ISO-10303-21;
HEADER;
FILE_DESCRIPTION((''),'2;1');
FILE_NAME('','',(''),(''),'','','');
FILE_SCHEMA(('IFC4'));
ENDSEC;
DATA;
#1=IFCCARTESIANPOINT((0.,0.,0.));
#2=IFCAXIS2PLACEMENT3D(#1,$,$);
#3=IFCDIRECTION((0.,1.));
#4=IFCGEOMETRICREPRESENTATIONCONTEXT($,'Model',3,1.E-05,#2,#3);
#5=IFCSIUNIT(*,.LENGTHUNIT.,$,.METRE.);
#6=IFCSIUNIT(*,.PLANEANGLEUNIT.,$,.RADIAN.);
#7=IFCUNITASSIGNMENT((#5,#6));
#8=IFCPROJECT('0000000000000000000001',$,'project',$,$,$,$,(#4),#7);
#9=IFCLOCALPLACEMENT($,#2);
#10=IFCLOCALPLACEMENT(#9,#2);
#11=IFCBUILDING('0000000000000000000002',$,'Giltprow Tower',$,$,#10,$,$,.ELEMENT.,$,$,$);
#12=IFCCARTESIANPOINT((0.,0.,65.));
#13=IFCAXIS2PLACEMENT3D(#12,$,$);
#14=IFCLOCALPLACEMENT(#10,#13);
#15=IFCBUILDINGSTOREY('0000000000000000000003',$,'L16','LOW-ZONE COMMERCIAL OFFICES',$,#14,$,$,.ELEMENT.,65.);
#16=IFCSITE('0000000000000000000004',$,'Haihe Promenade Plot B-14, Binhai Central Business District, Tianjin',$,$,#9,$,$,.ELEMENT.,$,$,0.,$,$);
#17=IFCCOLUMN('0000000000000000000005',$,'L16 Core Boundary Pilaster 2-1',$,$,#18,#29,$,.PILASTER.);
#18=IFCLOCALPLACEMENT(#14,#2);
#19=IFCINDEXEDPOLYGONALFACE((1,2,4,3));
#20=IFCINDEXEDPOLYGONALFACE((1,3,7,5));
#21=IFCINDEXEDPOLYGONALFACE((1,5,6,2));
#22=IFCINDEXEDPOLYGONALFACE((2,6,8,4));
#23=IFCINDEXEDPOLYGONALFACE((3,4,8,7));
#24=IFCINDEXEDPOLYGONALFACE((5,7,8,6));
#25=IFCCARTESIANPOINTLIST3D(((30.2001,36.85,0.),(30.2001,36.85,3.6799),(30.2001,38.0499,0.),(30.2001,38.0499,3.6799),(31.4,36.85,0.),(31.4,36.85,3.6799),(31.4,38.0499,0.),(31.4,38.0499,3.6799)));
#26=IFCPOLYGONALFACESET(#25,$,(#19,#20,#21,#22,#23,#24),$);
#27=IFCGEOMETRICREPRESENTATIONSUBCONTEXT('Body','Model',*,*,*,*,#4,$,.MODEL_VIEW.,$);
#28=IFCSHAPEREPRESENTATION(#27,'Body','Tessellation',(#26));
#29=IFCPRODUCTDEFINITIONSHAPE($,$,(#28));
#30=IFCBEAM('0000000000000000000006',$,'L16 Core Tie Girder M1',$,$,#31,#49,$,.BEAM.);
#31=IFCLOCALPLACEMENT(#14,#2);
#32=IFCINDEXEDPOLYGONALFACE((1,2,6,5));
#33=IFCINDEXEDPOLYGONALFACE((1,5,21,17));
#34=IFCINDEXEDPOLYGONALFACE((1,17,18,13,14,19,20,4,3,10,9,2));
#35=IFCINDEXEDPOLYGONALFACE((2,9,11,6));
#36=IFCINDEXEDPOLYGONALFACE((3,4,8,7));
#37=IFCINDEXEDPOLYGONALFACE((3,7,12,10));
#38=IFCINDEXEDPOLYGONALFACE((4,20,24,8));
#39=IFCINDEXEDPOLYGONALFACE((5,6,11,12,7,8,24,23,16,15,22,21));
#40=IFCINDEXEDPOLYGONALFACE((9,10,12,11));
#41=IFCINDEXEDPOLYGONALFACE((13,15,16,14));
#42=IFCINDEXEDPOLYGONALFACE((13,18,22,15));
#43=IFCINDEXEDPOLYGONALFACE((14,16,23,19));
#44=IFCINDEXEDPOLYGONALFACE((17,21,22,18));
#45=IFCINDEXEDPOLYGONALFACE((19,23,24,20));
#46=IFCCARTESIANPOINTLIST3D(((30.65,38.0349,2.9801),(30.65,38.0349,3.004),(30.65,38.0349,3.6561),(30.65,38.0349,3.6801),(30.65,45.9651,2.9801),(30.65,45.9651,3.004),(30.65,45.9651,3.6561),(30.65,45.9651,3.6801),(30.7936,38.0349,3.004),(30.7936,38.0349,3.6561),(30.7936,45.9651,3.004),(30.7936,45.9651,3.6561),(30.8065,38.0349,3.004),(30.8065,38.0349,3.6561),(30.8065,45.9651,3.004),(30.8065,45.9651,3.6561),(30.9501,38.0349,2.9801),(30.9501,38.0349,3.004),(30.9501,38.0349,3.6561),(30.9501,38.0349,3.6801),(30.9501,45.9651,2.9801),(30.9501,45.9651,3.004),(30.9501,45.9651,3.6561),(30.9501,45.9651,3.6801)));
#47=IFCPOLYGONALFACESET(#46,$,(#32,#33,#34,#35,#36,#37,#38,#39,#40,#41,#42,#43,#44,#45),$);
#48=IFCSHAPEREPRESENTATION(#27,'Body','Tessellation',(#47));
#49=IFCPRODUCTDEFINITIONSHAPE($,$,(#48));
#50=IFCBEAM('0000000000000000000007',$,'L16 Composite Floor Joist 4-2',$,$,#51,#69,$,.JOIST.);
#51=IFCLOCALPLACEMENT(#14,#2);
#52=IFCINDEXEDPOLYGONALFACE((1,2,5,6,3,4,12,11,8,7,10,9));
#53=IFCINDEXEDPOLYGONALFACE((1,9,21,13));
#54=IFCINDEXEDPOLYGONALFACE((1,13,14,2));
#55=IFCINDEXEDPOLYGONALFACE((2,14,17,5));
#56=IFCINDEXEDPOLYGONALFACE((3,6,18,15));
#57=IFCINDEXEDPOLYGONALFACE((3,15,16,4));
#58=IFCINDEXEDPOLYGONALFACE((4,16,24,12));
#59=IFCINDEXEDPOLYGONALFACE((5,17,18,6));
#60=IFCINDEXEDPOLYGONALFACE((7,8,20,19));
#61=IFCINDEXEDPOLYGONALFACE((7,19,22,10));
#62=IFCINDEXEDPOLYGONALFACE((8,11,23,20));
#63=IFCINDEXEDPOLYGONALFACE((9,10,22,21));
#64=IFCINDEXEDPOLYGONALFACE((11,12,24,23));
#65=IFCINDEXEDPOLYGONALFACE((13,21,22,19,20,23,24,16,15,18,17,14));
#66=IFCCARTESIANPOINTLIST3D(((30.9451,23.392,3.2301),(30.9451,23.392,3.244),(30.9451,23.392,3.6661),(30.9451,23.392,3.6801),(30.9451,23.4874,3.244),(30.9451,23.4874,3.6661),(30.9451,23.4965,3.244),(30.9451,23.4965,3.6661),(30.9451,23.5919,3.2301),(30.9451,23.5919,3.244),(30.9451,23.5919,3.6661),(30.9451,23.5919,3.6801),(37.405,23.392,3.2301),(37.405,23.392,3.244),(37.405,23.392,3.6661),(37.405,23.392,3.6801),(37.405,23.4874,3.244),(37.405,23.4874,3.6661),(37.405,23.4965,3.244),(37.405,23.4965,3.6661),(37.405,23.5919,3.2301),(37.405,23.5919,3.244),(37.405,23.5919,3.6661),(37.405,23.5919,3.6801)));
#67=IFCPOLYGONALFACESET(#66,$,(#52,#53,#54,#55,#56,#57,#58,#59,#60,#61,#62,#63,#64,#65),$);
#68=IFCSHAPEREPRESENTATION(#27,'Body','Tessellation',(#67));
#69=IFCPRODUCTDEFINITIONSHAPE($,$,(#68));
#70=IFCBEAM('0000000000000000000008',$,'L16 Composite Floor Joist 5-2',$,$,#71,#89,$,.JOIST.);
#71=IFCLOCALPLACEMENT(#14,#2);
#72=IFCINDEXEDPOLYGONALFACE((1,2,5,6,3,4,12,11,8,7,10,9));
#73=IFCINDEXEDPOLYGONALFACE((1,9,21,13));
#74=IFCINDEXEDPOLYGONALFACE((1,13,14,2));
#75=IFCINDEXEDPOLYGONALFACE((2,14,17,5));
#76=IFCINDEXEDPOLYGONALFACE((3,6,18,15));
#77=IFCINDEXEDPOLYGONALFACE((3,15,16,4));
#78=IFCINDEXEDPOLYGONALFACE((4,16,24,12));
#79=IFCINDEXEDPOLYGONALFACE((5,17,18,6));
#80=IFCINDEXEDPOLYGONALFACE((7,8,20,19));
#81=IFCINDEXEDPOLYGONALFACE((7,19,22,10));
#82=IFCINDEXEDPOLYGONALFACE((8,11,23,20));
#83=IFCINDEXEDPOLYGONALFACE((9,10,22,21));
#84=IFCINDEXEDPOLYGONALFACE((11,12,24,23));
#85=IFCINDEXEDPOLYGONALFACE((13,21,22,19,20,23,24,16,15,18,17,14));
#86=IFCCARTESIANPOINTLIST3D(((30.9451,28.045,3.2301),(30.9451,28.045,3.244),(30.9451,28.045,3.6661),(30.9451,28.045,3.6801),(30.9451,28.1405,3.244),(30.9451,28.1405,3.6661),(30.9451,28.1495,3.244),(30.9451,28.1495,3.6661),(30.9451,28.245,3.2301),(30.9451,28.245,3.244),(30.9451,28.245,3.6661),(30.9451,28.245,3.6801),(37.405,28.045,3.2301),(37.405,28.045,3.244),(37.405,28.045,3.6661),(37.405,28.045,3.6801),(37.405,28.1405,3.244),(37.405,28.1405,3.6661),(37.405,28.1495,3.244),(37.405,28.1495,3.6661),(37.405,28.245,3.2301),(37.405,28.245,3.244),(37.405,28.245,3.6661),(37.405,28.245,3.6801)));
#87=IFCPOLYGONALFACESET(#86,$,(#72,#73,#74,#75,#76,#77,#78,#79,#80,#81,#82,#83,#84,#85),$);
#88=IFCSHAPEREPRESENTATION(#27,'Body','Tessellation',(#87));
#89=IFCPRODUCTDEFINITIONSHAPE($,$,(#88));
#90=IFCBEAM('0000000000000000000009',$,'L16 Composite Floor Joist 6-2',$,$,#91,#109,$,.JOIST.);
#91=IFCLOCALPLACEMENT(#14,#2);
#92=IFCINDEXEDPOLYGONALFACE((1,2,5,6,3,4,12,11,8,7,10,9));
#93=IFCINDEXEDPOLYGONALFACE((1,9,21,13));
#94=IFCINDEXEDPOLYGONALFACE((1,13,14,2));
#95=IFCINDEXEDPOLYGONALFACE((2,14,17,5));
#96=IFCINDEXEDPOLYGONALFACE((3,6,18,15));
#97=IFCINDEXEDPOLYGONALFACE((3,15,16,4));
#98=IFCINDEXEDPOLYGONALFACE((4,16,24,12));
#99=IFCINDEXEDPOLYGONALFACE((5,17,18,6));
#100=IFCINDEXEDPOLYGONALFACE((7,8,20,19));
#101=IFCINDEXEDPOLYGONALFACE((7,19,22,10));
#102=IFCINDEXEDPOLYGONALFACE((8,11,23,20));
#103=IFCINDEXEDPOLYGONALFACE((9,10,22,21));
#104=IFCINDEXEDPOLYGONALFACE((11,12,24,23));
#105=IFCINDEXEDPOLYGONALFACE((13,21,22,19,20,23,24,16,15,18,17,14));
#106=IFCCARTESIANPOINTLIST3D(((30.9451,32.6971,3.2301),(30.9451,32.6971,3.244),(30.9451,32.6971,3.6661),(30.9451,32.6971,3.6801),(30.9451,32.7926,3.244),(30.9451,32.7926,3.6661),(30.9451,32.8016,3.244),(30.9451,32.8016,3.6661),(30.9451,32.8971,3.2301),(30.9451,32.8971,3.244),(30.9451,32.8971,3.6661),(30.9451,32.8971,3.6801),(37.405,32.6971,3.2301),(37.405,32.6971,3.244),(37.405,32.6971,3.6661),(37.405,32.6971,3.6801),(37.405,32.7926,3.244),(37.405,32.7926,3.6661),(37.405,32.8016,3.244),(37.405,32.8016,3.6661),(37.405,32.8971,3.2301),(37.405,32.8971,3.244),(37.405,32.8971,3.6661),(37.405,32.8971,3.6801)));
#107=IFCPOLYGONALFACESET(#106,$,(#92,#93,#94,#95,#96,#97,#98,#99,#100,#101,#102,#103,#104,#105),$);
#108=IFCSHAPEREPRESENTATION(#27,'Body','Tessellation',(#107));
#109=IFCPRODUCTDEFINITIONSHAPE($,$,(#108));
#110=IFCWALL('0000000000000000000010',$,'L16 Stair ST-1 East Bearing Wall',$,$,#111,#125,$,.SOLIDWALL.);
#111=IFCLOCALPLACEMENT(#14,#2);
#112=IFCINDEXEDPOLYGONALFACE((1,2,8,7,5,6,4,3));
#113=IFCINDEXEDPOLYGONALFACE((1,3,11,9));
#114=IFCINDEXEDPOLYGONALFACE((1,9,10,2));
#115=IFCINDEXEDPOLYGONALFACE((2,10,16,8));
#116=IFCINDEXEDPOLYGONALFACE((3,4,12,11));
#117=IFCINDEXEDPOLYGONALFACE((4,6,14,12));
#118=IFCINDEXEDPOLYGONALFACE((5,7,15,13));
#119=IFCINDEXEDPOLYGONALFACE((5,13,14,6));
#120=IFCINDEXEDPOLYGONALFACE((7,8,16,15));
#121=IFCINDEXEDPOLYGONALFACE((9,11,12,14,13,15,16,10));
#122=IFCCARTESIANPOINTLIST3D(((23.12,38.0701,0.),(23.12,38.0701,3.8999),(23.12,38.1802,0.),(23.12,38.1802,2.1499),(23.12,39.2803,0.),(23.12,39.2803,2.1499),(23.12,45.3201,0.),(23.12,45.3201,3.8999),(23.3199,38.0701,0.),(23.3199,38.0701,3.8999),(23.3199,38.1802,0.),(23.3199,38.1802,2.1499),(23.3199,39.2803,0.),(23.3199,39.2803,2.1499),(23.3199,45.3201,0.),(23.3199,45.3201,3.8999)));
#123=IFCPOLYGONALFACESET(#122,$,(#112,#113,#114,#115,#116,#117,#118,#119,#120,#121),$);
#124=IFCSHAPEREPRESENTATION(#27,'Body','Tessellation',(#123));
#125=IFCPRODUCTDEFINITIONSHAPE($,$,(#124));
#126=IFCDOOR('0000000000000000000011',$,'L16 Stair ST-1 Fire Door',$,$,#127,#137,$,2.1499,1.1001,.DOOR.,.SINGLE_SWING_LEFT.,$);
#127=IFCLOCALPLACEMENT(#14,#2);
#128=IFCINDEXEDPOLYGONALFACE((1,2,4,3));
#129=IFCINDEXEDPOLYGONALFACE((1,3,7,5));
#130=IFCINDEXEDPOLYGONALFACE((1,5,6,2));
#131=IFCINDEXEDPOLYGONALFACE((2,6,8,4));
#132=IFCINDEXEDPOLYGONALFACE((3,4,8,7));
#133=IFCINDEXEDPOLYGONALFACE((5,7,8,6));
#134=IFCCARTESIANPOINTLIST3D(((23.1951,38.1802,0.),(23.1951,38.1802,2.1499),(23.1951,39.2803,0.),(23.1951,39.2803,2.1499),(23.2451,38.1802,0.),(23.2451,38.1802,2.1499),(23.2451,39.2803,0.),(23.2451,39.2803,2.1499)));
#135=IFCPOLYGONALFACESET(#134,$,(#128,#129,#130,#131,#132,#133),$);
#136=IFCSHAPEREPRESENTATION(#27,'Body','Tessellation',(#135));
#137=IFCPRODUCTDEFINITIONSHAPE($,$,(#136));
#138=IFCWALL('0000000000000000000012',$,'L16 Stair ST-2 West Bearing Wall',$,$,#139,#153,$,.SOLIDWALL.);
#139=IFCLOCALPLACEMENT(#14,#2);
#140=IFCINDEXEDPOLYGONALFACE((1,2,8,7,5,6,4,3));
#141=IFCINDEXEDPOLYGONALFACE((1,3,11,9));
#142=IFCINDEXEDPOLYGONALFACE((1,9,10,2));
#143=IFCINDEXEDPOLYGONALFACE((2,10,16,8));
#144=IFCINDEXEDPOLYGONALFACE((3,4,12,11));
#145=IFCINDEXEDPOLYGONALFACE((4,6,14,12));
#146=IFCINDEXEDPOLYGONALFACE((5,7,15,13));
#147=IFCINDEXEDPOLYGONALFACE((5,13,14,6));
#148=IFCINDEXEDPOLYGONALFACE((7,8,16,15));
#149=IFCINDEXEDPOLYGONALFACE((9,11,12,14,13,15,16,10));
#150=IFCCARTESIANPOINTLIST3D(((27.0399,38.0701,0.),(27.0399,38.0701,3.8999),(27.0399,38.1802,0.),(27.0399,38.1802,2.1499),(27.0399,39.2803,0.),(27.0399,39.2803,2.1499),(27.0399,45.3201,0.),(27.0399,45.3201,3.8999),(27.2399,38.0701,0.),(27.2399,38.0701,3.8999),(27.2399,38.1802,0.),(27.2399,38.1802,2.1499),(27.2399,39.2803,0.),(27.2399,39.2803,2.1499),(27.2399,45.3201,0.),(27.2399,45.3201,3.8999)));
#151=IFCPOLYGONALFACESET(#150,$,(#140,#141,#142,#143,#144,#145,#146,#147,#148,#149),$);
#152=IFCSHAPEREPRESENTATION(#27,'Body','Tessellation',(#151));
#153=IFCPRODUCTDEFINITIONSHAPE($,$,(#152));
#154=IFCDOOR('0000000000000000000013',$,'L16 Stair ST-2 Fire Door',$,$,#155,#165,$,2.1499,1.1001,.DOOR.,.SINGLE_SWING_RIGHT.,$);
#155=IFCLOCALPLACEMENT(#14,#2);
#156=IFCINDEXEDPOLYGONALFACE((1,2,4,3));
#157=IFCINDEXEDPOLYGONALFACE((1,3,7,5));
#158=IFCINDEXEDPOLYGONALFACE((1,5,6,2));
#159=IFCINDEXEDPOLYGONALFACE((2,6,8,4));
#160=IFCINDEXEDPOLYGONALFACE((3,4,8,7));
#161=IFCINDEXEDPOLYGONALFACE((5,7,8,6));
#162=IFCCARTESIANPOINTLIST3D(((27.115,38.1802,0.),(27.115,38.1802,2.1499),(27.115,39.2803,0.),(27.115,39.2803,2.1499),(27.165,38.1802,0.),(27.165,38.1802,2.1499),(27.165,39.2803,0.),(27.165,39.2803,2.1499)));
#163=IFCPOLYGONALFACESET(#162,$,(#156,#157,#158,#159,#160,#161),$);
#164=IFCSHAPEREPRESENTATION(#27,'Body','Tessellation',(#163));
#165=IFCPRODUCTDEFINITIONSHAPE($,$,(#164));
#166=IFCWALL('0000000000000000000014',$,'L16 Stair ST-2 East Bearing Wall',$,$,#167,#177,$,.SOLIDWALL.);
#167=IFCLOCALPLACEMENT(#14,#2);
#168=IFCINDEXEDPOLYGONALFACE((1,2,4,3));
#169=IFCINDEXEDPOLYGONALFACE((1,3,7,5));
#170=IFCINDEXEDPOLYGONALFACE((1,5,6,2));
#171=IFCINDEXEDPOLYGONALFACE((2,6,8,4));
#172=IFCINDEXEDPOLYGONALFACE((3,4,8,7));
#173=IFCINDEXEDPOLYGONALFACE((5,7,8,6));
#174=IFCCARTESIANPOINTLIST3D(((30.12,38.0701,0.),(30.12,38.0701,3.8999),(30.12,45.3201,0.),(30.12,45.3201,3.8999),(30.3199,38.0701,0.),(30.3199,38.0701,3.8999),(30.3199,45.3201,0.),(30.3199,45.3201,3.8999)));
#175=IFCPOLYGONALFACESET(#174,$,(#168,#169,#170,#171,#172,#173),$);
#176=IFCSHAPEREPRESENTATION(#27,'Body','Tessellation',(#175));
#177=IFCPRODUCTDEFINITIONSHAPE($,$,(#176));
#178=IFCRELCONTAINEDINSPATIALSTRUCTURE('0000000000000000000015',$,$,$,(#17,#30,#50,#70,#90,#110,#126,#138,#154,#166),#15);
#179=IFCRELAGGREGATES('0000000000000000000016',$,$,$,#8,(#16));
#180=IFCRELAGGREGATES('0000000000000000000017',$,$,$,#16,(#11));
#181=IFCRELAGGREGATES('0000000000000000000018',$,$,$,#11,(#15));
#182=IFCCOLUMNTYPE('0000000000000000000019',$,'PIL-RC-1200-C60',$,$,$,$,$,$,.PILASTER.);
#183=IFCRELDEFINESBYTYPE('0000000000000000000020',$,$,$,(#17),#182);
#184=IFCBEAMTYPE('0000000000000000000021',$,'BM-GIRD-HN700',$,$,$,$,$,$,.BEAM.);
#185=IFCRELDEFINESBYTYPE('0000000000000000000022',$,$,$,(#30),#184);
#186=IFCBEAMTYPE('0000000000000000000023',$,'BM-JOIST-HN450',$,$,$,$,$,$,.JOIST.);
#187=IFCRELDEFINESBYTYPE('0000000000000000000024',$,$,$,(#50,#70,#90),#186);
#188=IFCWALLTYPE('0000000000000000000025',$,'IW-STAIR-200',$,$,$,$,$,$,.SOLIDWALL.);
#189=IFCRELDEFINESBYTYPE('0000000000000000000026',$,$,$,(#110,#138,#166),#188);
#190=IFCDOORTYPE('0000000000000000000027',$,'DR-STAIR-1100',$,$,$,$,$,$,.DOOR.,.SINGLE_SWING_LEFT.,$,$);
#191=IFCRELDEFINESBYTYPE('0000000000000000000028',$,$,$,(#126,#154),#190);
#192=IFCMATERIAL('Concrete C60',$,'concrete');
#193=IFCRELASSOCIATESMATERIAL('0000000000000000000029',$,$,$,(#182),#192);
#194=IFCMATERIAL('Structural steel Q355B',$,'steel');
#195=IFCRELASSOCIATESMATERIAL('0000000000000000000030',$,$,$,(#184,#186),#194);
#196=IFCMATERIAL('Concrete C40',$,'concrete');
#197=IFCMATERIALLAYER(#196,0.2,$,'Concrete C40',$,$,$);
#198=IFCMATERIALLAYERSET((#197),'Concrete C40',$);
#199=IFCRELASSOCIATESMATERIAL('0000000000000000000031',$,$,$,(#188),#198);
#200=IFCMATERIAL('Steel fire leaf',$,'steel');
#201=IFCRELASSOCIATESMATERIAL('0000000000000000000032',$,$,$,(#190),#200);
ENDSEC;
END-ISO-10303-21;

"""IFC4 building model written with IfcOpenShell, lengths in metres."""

from ifc_helpers import new_model, si_unit, direction, frame, frame_2d, origin, origin_2d, place, context, subcontext, project, spatial, rectangle, i_section, extrude, source, transform, mapped, material, layer, layer_set, material_profile, profile_set, type_object, element, fill, save


model = new_model("IFC4")

# Units and contexts
model_context = context("Model", 3, precision=1e-05, world=origin(), true_north=direction((0.0, 1.0)))
body_context = subcontext(model_context, "Body", "Model", "MODEL_VIEW")
ifc_project = project(units=[si_unit("LENGTHUNIT", "METRE"), si_unit("PLANEANGLEUNIT", "RADIAN")], contexts=[model_context])

# Site, building, storey
site_placement = place(None, origin())
site = spatial("IfcSite", under=ifc_project, at=site_placement, Name="Haihe Promenade Plot B-14, Binhai Central Business District, Tianjin", CompositionType="ELEMENT", RefElevation=0.0)
building_placement = place(site_placement, origin())
building = spatial("IfcBuilding", under=site, at=building_placement, Name="Giltprow Tower", CompositionType="ELEMENT")
storey_placement = place(building_placement, frame((0.0, 0.0, 65.0)))
storey = spatial("IfcBuildingStorey", under=building, at=storey_placement, Name="L16", Description="LOW-ZONE COMMERCIAL OFFICES", CompositionType="ELEMENT", Elevation=65.0)

# Column
ifc_material_1 = material(Name="Concrete C60", Category="concrete")
ifc_material_profile_1 = material_profile(ifc_material_1, rectangle(XDim=1.2, YDim=1.2, at=origin_2d()), Name="RC 1200x1200")
ifc_profile_set_1 = profile_set([ifc_material_profile_1], Name="Concrete C60")
column_type = type_object("IfcColumnType", Name="PIL-RC-1200-C60", PredefinedType="PILASTER", material=ifc_profile_set_1)
shared_shape_1 = source(origin(), body_context, "Body", "SweptSolid", [
    extrude(rectangle(XDim=1.2, YDim=1.2, at=origin_2d()), origin(), (0.0, 0.0, 1.0), 3.6799),
])
column_placement = place(storey_placement, frame((30.8, 37.45, 0.0), z_axis=(0.0, 0.0, 1.0), x_axis=(1.0, 0.0, 0.0)))
element("IfcColumn", 1, at=column_placement, inside=storey, type_object=column_type, Name="L16 Core Boundary Pilaster 2-1", PredefinedType="PILASTER", context=body_context, shape_type="MappedRepresentation", body=[
    mapped(shared_shape_1, transform((0.0, 0.0, 0.0), x_axis=(1.0, 0.0, 0.0), y_axis=(0.0, 1.0, 0.0), z_axis=(0.0, 0.0, 1.0), scale=1.0)),
])

# Beams
ifc_material_2 = material(Name="Structural steel Q355B", Category="steel")
ifc_material_profile_2 = material_profile(ifc_material_2, i_section(OverallWidth=0.3, OverallDepth=0.7, WebThickness=0.0129, FlangeThickness=0.0239, at=origin_2d()), Name="HN 700x300x13x24")
ifc_profile_set_2 = profile_set([ifc_material_profile_2], Name="Structural steel Q355B")
beam_type_1 = type_object("IfcBeamType", Name="BM-GIRD-HN700", PredefinedType="BEAM", material=ifc_profile_set_2)
shared_shape_2 = source(origin(), body_context, "Body", "SweptSolid", [
    extrude(i_section(OverallWidth=0.3, OverallDepth=0.7, WebThickness=0.0129, FlangeThickness=0.0239, at=origin_2d()), origin(), (0.0, 0.0, 1.0), 7.9302),
])
beam_placement = place(storey_placement, frame((30.8, 38.0349, 3.3301), z_axis=(0.0, 1.0, 0.0), x_axis=(-1.0, 0.0, 0.0)))
element("IfcBeam", 2, at=beam_placement, inside=storey, type_object=beam_type_1, Name="L16 Core Tie Girder M1", PredefinedType="BEAM", context=body_context, shape_type="MappedRepresentation", body=[
    mapped(shared_shape_2, transform((0.0, 0.0, 0.0), x_axis=(1.0, 0.0, 0.0), y_axis=(0.0, 1.0, 0.0), z_axis=(0.0, 0.0, 1.0), scale=1.0)),
])
ifc_material_profile_3 = material_profile(ifc_material_2, i_section(OverallWidth=0.2, OverallDepth=0.45, WebThickness=0.009, FlangeThickness=0.0139, at=origin_2d()), Name="HN 450x200x9x14")
ifc_profile_set_3 = profile_set([ifc_material_profile_3], Name="Structural steel Q355B")
beam_type_2 = type_object("IfcBeamType", Name="BM-JOIST-HN450", PredefinedType="JOIST", material=ifc_profile_set_3)
shared_shape_3 = source(origin(), body_context, "Body", "SweptSolid", [
    extrude(i_section(OverallWidth=0.2, OverallDepth=0.45, WebThickness=0.009, FlangeThickness=0.0139, at=origin_2d()), origin(), (0.0, 0.0, 1.0), 6.46),
])
for number, where, z_axis, x_axis, name in (
    (3, (30.9451, 23.4919, 3.4551), (1.0, 0.0, 0.0), (0.0, 1.0, 0.0), "L16 Composite Floor Joist 4-2"),
    (4, (30.9451, 28.145, 3.4551), (1.0, 0.0, 0.0), (0.0, 1.0, 0.0), "L16 Composite Floor Joist 5-2"),
    (5, (30.9451, 32.7971, 3.4551), (1.0, 0.0, 0.0), (0.0, 1.0, 0.0), "L16 Composite Floor Joist 6-2"),
):
    element("IfcBeam", number, at=place(storey_placement, frame(where, z_axis=z_axis, x_axis=x_axis)), inside=storey, type_object=beam_type_2, Name=name, PredefinedType="JOIST", context=body_context, shape_type="MappedRepresentation", body=[
        mapped(shared_shape_3, transform((0.0, 0.0, 0.0), x_axis=(1.0, 0.0, 0.0), y_axis=(0.0, 1.0, 0.0), z_axis=(0.0, 0.0, 1.0), scale=1.0)),
    ])

# Walls, openings, doors
ifc_material_3 = material(Name="Concrete C40", Category="concrete")
ifc_layer = layer(ifc_material_3, 0.2, Name="Concrete C40")
ifc_layer_set = layer_set([ifc_layer], Name="Concrete C40")
wall_type = type_object("IfcWallType", Name="IW-STAIR-200", PredefinedType="SOLIDWALL", material=ifc_layer_set)
wall_1_placement = place(storey_placement, frame((23.22, 38.0701, 0.0), z_axis=(0.0, 0.0, 1.0), x_axis=(0.0, 1.0, 0.0)))
wall_1 = element("IfcWall", 6, at=wall_1_placement, inside=storey, type_object=wall_type, Name="L16 Stair ST-1 East Bearing Wall", PredefinedType="SOLIDWALL", context=body_context, shape_type="SweptSolid", body=[
    extrude(rectangle(XDim=7.25, YDim=0.2, at=frame_2d((3.625, 0.0))), origin(), (0.0, 0.0, 1.0), 3.8999),
])
opening_1_placement = place(wall_1_placement, frame((0.1101, 0.0, 0.0)))
opening_1 = element("IfcOpeningElement", 7, at=opening_1_placement, cuts=wall_1, PredefinedType="OPENING", context=body_context, shape_type="SweptSolid", body=[
    extrude(rectangle(XDim=1.1001, YDim=2.1499, at=frame_2d((0.55, 1.075))), frame((0.0, 0.1099, 0.0), z_axis=(0.0, -1.0, 0.0), x_axis=(1.0, 0.0, 0.0)), (0.0, 0.0, 1.0), 0.22),
])
ifc_material_4 = material(Name="Steel fire leaf", Category="steel")
door_type = type_object("IfcDoorType", Name="DR-STAIR-1100", OperationType="SINGLE_SWING_LEFT", PredefinedType="DOOR", material=ifc_material_4)
shared_shape_4 = source(origin(), body_context, "Body", "SweptSolid", [
    extrude(rectangle(XDim=1.1001, YDim=2.1499, at=frame_2d((0.55, 1.075))), frame((0.0, 0.0249, 0.0), z_axis=(0.0, -1.0, 0.0), x_axis=(1.0, 0.0, 0.0)), (0.0, 0.0, 1.0), 0.05),
])
door_1_placement = place(opening_1_placement, origin())
door_1 = element("IfcDoor", 8, at=door_1_placement, inside=storey, type_object=door_type, Name="L16 Stair ST-1 Fire Door", OperationType="SINGLE_SWING_LEFT", OverallHeight=2.1499, OverallWidth=1.1001, PredefinedType="DOOR", context=body_context, shape_type="MappedRepresentation", body=[
    mapped(shared_shape_4, transform((0.0, 0.0, 0.0), x_axis=(1.0, 0.0, 0.0), y_axis=(0.0, 1.0, 0.0), z_axis=(0.0, 0.0, 1.0), scale=1.0)),
])
fill(opening_1, door_1)
wall_2_placement = place(storey_placement, frame((27.1399, 38.0701, 0.0), z_axis=(0.0, 0.0, 1.0), x_axis=(0.0, 1.0, 0.0)))
wall_2 = element("IfcWall", 9, at=wall_2_placement, inside=storey, type_object=wall_type, Name="L16 Stair ST-2 West Bearing Wall", PredefinedType="SOLIDWALL", context=body_context, shape_type="SweptSolid", body=[
    extrude(rectangle(XDim=7.25, YDim=0.2, at=frame_2d((3.625, 0.0))), origin(), (0.0, 0.0, 1.0), 3.8999),
])
opening_2_placement = place(wall_2_placement, frame((0.1101, 0.0, 0.0)))
opening_2 = element("IfcOpeningElement", 10, at=opening_2_placement, cuts=wall_2, PredefinedType="OPENING", context=body_context, shape_type="SweptSolid", body=[
    extrude(rectangle(XDim=1.1001, YDim=2.1499, at=frame_2d((0.55, 1.075))), frame((0.0, 0.1099, 0.0), z_axis=(0.0, -1.0, 0.0), x_axis=(1.0, 0.0, 0.0)), (0.0, 0.0, 1.0), 0.22),
])
door_2_placement = place(opening_2_placement, origin())
door_2 = element("IfcDoor", 11, at=door_2_placement, inside=storey, type_object=door_type, Name="L16 Stair ST-2 Fire Door", OperationType="SINGLE_SWING_RIGHT", OverallHeight=2.1499, OverallWidth=1.1001, PredefinedType="DOOR", context=body_context, shape_type="MappedRepresentation", body=[
    mapped(shared_shape_4, transform((0.0, 0.0, 0.0), x_axis=(1.0, 0.0, 0.0), y_axis=(0.0, 1.0, 0.0), z_axis=(0.0, 0.0, 1.0), scale=1.0)),
])
fill(opening_2, door_2)

# Wall
wall_3_placement = place(storey_placement, frame((30.22, 38.0701, 0.0), z_axis=(0.0, 0.0, 1.0), x_axis=(0.0, 1.0, 0.0)))
element("IfcWall", 12, at=wall_3_placement, inside=storey, type_object=wall_type, Name="L16 Stair ST-2 East Bearing Wall", PredefinedType="SOLIDWALL", context=body_context, shape_type="SweptSolid", body=[
    extrude(rectangle(XDim=7.25, YDim=0.2, at=frame_2d((3.625, 0.0))), origin(), (0.0, 0.0, 1.0), 3.8999),
])

save(model, "model.ifc")
